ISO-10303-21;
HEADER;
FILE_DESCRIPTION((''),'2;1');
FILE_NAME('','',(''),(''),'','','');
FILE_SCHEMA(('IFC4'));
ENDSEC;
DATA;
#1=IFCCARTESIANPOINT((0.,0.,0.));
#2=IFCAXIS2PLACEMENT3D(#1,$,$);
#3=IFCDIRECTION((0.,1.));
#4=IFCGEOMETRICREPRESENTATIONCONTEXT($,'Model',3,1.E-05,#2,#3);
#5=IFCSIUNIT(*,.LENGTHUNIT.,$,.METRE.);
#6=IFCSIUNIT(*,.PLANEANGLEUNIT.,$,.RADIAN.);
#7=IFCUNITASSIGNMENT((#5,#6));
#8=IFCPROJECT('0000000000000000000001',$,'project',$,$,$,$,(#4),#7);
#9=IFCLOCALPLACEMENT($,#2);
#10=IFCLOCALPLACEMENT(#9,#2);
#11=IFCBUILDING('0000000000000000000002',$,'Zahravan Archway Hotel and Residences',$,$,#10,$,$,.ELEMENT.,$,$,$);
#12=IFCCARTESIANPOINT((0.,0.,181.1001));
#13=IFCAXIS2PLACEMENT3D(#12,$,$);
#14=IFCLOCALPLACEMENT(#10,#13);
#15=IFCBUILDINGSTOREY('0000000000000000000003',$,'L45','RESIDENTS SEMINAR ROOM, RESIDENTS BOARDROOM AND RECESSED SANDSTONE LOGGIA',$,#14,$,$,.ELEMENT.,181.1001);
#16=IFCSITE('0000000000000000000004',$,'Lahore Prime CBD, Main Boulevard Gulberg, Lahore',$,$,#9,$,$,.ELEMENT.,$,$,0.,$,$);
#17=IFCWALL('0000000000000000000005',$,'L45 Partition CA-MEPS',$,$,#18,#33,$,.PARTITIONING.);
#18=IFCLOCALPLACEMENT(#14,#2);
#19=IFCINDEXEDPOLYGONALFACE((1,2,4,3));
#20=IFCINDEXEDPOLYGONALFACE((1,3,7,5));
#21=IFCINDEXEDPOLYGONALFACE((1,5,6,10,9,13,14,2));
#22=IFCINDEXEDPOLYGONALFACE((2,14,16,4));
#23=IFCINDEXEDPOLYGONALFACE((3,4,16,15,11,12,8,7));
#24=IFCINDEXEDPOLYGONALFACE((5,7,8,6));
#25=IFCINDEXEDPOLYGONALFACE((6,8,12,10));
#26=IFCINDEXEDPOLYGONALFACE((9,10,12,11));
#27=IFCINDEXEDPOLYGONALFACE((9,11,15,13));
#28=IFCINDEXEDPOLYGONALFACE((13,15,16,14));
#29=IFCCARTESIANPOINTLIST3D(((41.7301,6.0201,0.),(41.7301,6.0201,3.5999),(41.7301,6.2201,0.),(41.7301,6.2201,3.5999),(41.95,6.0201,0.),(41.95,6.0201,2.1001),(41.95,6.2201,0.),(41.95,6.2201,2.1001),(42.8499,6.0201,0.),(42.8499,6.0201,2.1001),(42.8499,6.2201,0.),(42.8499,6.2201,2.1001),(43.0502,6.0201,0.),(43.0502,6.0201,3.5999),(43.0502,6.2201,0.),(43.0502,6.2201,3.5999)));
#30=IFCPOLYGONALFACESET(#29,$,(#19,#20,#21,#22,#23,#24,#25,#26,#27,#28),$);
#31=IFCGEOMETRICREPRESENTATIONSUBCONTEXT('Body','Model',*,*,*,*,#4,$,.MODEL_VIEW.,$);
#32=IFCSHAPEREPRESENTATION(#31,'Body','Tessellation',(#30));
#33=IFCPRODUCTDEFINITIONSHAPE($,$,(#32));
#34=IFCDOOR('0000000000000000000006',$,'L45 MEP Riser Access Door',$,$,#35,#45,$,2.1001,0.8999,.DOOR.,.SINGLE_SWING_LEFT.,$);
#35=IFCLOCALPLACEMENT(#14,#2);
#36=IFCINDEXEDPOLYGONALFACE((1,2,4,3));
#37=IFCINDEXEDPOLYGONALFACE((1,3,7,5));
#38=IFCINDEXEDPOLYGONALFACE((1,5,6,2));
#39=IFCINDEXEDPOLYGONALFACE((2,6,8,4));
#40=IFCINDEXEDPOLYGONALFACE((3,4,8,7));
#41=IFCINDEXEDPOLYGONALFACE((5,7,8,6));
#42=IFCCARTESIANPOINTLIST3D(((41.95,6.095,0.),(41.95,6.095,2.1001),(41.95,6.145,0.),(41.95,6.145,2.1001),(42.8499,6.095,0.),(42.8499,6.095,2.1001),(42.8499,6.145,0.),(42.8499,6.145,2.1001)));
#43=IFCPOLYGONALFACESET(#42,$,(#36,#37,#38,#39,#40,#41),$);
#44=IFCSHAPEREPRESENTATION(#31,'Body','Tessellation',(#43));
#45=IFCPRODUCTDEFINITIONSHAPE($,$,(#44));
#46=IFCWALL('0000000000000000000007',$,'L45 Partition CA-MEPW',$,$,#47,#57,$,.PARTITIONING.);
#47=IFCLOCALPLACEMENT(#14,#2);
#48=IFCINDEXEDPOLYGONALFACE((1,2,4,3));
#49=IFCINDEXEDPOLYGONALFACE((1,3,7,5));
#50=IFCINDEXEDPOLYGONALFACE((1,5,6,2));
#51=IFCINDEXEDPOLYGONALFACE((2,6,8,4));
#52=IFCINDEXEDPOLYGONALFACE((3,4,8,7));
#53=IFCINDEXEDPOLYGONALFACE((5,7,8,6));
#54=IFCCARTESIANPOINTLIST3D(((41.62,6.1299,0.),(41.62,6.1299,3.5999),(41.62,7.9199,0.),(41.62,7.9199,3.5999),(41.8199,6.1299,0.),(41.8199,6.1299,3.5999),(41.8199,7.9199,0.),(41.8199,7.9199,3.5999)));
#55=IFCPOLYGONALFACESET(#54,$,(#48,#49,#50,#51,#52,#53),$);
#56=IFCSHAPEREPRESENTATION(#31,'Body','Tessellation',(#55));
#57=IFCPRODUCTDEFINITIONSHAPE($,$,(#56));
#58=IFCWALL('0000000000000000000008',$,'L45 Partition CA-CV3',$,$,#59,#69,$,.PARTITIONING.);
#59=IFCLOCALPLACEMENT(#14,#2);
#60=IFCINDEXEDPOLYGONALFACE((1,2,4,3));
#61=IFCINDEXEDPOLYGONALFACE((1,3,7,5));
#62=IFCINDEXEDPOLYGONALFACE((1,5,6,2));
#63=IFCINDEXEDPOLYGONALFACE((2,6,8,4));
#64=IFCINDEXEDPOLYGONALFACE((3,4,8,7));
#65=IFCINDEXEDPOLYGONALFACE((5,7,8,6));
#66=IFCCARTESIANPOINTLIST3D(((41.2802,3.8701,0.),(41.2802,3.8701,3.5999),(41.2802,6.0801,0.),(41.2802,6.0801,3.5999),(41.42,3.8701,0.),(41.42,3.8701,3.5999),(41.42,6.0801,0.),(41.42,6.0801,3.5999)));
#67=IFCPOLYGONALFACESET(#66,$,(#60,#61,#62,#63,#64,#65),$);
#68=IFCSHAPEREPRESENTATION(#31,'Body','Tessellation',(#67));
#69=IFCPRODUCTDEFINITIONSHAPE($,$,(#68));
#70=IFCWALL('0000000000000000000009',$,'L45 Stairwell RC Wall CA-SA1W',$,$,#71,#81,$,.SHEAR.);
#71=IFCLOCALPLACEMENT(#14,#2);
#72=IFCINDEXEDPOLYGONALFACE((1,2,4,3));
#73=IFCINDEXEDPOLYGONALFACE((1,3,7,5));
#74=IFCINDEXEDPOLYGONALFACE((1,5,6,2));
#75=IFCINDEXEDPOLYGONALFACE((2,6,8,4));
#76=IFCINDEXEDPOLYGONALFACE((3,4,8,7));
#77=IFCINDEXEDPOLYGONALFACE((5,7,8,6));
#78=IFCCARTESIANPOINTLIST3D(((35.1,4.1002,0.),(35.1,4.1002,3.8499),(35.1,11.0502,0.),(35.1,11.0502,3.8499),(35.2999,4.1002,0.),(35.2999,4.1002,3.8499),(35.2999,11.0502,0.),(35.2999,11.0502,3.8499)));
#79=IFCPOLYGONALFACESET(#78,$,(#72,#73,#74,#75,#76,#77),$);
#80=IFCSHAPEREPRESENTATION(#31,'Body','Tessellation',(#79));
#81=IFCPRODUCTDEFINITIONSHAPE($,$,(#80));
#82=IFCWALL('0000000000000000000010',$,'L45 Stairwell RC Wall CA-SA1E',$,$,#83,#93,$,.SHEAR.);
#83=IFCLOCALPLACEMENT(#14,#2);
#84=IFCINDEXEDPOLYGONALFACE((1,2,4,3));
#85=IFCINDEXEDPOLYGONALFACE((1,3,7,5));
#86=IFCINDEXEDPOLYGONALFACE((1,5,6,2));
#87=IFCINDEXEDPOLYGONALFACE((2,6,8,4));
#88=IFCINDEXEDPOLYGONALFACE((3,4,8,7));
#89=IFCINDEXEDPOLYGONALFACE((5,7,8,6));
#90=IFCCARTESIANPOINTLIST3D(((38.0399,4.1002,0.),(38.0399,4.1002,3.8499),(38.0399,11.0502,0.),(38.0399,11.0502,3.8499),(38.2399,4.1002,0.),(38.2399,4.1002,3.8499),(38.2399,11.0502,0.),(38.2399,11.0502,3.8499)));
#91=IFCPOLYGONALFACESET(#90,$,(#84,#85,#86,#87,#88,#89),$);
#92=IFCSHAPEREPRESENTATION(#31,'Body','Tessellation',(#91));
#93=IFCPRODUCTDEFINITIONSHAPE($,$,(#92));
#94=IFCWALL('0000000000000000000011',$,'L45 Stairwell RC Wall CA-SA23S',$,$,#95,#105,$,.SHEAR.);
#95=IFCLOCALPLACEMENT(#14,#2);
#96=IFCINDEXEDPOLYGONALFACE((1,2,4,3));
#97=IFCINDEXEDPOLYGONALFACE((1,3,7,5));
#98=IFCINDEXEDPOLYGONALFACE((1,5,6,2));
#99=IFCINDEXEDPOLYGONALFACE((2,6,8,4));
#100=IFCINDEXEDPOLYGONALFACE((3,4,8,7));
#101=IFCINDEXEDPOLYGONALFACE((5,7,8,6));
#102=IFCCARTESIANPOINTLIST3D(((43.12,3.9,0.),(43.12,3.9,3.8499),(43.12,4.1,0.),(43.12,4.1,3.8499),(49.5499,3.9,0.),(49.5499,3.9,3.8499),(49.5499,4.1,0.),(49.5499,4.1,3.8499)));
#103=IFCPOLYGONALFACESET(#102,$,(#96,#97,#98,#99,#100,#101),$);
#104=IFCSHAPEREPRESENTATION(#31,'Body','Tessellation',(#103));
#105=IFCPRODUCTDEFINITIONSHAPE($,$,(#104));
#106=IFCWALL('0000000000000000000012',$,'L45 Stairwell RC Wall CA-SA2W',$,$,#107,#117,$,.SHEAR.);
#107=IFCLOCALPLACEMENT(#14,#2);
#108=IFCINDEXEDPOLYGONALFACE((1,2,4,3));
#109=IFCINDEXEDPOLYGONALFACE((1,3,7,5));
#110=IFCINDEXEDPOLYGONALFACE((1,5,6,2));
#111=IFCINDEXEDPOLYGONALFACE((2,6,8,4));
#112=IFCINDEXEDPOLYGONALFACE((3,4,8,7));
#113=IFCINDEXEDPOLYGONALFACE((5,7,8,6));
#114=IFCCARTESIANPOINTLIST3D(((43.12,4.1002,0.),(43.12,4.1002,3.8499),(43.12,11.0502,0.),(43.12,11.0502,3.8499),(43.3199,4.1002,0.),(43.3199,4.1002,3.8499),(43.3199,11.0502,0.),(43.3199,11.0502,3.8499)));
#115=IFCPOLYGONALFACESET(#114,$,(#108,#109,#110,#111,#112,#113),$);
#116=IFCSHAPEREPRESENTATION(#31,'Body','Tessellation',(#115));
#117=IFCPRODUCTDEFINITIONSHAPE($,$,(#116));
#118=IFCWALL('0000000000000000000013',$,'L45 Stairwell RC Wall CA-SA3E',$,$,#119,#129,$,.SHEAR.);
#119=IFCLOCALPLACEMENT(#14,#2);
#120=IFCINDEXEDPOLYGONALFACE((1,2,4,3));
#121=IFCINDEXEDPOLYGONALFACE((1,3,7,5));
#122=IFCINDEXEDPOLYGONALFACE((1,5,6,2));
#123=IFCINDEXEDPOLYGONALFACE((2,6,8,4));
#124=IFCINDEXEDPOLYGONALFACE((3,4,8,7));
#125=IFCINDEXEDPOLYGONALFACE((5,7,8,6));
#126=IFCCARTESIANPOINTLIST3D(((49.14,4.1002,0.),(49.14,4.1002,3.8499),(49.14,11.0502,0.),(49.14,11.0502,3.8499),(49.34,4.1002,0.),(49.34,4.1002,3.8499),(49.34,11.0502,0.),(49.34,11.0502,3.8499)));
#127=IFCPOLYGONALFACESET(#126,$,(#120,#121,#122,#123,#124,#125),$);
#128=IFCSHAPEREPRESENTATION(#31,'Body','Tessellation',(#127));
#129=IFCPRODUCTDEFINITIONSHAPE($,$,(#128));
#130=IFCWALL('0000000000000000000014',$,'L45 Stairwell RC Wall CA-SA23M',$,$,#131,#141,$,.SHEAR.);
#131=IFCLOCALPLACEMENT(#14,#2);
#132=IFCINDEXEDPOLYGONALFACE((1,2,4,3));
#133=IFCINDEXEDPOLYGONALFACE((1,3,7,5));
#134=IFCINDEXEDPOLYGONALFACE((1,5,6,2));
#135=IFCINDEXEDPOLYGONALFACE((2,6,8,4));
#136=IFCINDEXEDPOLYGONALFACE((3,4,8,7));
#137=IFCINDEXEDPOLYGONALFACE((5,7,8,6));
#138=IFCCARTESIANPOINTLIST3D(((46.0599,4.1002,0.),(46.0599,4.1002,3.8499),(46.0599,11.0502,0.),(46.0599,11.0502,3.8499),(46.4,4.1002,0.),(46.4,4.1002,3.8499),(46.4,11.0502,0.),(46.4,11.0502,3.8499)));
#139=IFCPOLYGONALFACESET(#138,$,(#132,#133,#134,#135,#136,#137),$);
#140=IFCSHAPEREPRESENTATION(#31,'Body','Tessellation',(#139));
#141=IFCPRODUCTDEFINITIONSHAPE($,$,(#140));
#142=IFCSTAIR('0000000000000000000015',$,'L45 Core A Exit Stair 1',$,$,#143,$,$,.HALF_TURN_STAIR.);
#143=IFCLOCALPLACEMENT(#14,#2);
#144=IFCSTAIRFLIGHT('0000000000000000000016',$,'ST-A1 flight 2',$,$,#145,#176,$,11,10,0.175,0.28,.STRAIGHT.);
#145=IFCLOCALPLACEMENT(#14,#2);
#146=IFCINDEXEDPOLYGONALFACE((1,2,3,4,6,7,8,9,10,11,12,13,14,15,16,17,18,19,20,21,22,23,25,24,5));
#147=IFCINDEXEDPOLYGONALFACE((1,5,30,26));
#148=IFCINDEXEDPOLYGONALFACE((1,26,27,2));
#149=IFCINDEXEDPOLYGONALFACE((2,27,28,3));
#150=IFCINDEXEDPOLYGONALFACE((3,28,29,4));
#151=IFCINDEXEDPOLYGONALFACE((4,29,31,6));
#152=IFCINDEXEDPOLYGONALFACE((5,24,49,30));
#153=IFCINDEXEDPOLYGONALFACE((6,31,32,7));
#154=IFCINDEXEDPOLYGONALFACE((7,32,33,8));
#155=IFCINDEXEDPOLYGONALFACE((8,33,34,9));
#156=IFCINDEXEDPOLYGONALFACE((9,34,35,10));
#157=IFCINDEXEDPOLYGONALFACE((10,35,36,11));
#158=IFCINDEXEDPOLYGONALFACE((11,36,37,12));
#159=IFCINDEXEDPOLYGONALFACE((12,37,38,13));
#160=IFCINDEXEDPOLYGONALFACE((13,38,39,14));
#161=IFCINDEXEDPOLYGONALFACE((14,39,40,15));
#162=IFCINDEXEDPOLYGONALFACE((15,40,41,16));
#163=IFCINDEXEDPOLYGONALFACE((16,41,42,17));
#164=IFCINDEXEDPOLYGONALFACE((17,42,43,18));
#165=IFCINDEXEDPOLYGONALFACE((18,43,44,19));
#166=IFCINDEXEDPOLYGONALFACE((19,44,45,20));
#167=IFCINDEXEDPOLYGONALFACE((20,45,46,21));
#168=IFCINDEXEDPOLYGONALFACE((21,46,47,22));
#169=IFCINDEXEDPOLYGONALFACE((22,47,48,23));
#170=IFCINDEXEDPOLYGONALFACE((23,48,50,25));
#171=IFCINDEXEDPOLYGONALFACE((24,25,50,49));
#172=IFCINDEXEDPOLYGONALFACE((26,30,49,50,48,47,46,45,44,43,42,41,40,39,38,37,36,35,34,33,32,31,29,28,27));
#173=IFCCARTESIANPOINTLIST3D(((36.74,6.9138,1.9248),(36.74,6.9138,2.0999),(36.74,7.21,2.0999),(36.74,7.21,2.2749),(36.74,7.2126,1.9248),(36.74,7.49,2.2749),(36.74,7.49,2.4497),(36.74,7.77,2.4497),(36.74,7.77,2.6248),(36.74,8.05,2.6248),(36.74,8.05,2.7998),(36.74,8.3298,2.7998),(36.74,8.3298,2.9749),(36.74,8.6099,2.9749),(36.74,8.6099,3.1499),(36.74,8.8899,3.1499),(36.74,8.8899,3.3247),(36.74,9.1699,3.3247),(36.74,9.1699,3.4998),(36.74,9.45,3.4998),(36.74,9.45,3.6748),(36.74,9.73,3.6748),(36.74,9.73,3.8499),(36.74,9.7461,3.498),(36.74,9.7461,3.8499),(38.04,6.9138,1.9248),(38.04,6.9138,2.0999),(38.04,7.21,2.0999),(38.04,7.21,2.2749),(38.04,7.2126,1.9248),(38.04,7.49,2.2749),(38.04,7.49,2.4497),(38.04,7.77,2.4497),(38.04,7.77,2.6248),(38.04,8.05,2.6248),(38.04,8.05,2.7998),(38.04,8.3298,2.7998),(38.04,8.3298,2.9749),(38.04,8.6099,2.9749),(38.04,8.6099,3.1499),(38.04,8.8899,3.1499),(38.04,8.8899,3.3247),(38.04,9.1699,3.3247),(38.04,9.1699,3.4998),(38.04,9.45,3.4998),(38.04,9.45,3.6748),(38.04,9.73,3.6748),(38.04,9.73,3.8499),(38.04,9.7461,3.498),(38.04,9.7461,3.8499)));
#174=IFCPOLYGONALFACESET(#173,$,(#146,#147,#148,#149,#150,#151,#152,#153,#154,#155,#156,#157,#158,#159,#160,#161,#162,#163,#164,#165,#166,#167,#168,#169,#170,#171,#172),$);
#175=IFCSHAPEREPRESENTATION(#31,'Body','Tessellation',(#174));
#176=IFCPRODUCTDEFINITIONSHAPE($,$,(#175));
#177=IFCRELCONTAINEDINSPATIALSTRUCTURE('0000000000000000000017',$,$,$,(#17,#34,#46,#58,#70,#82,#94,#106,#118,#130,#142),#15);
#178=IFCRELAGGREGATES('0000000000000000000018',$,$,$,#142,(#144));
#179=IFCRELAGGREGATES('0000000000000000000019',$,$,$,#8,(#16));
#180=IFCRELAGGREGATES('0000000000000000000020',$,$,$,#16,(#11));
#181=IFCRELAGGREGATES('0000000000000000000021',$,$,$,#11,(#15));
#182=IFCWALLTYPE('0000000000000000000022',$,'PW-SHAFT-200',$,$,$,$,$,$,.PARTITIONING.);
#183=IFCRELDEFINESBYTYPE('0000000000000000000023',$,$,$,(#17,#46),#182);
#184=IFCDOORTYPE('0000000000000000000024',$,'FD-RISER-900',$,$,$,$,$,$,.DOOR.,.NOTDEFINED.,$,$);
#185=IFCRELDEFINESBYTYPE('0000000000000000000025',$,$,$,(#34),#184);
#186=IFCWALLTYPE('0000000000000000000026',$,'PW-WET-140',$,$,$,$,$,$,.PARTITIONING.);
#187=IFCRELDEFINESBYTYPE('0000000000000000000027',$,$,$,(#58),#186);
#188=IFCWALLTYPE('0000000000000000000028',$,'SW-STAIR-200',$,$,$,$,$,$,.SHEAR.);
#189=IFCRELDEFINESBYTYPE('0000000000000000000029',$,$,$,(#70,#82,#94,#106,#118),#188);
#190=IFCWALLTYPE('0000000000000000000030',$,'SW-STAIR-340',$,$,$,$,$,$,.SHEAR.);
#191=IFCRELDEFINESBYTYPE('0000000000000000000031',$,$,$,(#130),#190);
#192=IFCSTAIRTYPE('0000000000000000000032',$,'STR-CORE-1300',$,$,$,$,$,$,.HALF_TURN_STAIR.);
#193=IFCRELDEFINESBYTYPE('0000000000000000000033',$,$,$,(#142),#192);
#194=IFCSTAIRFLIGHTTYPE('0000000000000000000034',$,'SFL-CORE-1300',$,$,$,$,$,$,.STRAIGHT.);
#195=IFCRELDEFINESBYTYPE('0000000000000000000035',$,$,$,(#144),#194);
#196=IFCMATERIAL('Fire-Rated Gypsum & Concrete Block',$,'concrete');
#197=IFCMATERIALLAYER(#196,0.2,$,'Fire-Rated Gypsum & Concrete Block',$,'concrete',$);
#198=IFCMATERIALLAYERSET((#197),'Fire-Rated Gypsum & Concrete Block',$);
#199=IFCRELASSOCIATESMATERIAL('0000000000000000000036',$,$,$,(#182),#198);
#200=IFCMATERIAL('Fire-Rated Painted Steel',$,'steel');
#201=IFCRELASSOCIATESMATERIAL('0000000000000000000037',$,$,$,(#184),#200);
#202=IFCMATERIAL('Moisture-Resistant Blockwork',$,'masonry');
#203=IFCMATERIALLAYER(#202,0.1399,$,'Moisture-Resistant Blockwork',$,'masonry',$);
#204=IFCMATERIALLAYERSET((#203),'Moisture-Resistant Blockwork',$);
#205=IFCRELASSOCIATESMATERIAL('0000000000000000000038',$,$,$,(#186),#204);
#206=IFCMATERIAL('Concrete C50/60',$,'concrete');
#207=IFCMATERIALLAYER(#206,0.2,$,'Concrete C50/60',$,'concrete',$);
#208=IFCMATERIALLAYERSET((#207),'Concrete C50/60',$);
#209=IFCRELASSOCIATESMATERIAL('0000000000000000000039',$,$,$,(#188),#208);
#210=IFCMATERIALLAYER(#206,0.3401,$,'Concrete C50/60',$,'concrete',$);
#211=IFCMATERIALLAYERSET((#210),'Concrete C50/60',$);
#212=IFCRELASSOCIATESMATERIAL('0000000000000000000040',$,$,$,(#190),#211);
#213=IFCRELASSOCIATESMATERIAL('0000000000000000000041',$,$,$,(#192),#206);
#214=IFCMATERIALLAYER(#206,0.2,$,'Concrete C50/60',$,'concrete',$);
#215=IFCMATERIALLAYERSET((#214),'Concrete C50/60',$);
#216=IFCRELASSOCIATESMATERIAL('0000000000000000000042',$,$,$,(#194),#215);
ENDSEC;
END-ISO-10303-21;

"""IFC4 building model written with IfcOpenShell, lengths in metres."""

from ifc_helpers import new_model, si_unit, direction, frame, frame_2d, origin, place, context, subcontext, project, spatial, polyline, rectangle, outline, extrude, source, transform, mapped, material, layer, layer_set, type_object, type_shapes, element, fill, aggregate, save


model = new_model("IFC4")

# Units and contexts
model_context = context("Model", 3, precision=1e-05, world=origin(), true_north=direction((0.0, 1.0)))
body_context = subcontext(model_context, "Body", "Model", "MODEL_VIEW")
ifc_project = project(units=[si_unit("LENGTHUNIT", "METRE"), si_unit("PLANEANGLEUNIT", "RADIAN")], contexts=[model_context])

# Site, building, storey
site_placement = place(None, origin())
site = spatial("IfcSite", under=ifc_project, at=site_placement, Name="Lahore Prime CBD, Main Boulevard Gulberg, Lahore", CompositionType="ELEMENT", RefElevation=0.0)
building_placement = place(site_placement, origin())
building = spatial("IfcBuilding", under=site, at=building_placement, Name="Zahravan Archway Hotel and Residences", CompositionType="ELEMENT")
storey_placement = place(building_placement, frame((0.0, 0.0, 181.1001)))
storey = spatial("IfcBuildingStorey", under=building, at=storey_placement, Name="L45", Description="RESIDENTS SEMINAR ROOM, RESIDENTS BOARDROOM AND RECESSED SANDSTONE LOGGIA", CompositionType="ELEMENT", Elevation=181.1001)

# Shared definitions
ifc_material_1 = material(Name="Fire-Rated Gypsum & Concrete Block", Category="concrete")
ifc_layer_1 = layer(ifc_material_1, 0.2, Name="Fire-Rated Gypsum & Concrete Block", Category="concrete")
ifc_layer_set_1 = layer_set([ifc_layer_1], Name="Fire-Rated Gypsum & Concrete Block")
wall_type_1 = type_object("IfcWallType", Name="PW-SHAFT-200", PredefinedType="PARTITIONING", material=ifc_layer_set_1)
ifc_material_2 = material(Name="Fire-Rated Painted Steel", Category="steel")
door_type = type_object("IfcDoorType", Name="FD-RISER-900", OperationType="NOTDEFINED", PredefinedType="DOOR", material=ifc_material_2)
shared_shape_1 = source(origin(), body_context, "Body", "SweptSolid", [
    extrude(rectangle(XDim=0.8999, YDim=2.1001, at=frame_2d((0.45, 1.05))), frame((0.0, 0.0249, 0.0), z_axis=(0.0, -1.0, 0.0), x_axis=(1.0, 0.0, 0.0)), (0.0, 0.0, 1.0), 0.05),
])
type_shapes(door_type, [shared_shape_1])

# Wall, opening, door
wall_1_placement = place(storey_placement, frame((41.73, 6.1201, 0.0), z_axis=(0.0, 0.0, 1.0), x_axis=(1.0, 0.0, 0.0)))
wall_1 = element("IfcWall", 1, at=wall_1_placement, inside=storey, type_object=wall_type_1, Name="L45 Partition CA-MEPS", PredefinedType="PARTITIONING", context=body_context, shape_type="SweptSolid", body=[
    extrude(rectangle(XDim=1.3201, YDim=0.2, at=frame_2d((0.6602, 0.0))), origin(), (0.0, 0.0, 1.0), 3.5999),
])
opening_1_placement = place(wall_1_placement, frame((0.22, 0.0, 0.0)))
opening_1 = element("IfcOpeningElement", 2, at=opening_1_placement, cuts=wall_1, PredefinedType="OPENING", context=body_context, shape_type="SweptSolid", body=[
    extrude(rectangle(XDim=0.8999, YDim=2.1001, at=frame_2d((0.45, 1.05))), frame((0.0, 0.1099, 0.0), z_axis=(0.0, -1.0, 0.0), x_axis=(1.0, 0.0, 0.0)), (0.0, 0.0, 1.0), 0.22),
])
door_1_placement = place(opening_1_placement, origin())
door_1 = element("IfcDoor", 3, at=door_1_placement, inside=storey, type_object=door_type, Name="L45 MEP Riser Access Door", OperationType="SINGLE_SWING_LEFT", OverallHeight=2.1001, OverallWidth=0.8999, PredefinedType="DOOR", context=body_context, shape_type="MappedRepresentation", body=[
    mapped(shared_shape_1, transform((0.0, 0.0, 0.0), scale=1.0)),
])
fill(opening_1, door_1)

# Walls
wall_2_placement = place(storey_placement, frame((41.72, 6.1299, 0.0), z_axis=(0.0, 0.0, 1.0), x_axis=(0.0, 1.0, 0.0)))
element("IfcWall", 4, at=wall_2_placement, inside=storey, type_object=wall_type_1, Name="L45 Partition CA-MEPW", PredefinedType="PARTITIONING", context=body_context, shape_type="SweptSolid", body=[
    extrude(rectangle(XDim=1.79, YDim=0.2, at=frame_2d((0.895, 0.0))), origin(), (0.0, 0.0, 1.0), 3.5999),
])
ifc_material_3 = material(Name="Moisture-Resistant Blockwork", Category="masonry")
ifc_layer_2 = layer(ifc_material_3, 0.1399, Name="Moisture-Resistant Blockwork", Category="masonry")
ifc_layer_set_2 = layer_set([ifc_layer_2], Name="Moisture-Resistant Blockwork")
wall_type_2 = type_object("IfcWallType", Name="PW-WET-140", PredefinedType="PARTITIONING", material=ifc_layer_set_2)
wall_3_placement = place(storey_placement, frame((41.3501, 3.8701, 0.0), z_axis=(0.0, 0.0, 1.0), x_axis=(0.0, 1.0, 0.0)))
element("IfcWall", 5, at=wall_3_placement, inside=storey, type_object=wall_type_2, Name="L45 Partition CA-CV3", PredefinedType="PARTITIONING", context=body_context, shape_type="SweptSolid", body=[
    extrude(rectangle(XDim=2.21, YDim=0.1399, at=frame_2d((1.105, 0.0))), origin(), (0.0, 0.0, 1.0), 3.5999),
])
ifc_material_4 = material(Name="Concrete C50/60", Category="concrete")
ifc_layer_3 = layer(ifc_material_4, 0.2, Name="Concrete C50/60", Category="concrete")
ifc_layer_set_3 = layer_set([ifc_layer_3], Name="Concrete C50/60")
wall_type_3 = type_object("IfcWallType", Name="SW-STAIR-200", PredefinedType="SHEAR", material=ifc_layer_set_3)
for number, where, z_axis, x_axis, name in (
    (6, (35.2, 4.1001, 0.0), (0.0, 0.0, 1.0), (0.0, 1.0, 0.0), "L45 Stairwell RC Wall CA-SA1W"),
    (7, (38.1399, 4.1001, 0.0), (0.0, 0.0, 1.0), (0.0, 1.0, 0.0), "L45 Stairwell RC Wall CA-SA1E"),
):
    element("IfcWall", number, at=place(storey_placement, frame(where, z_axis=z_axis, x_axis=x_axis)), inside=storey, type_object=wall_type_3, Name=name, PredefinedType="SHEAR", context=body_context, shape_type="SweptSolid", body=[
        extrude(rectangle(XDim=6.95, YDim=0.2, at=frame_2d((3.4751, 0.0))), origin(), (0.0, 0.0, 1.0), 3.8499),
    ])
wall_4_placement = place(storey_placement, frame((43.1201, 4.0, 0.0), z_axis=(0.0, 0.0, 1.0), x_axis=(1.0, 0.0, 0.0)))
element("IfcWall", 8, at=wall_4_placement, inside=storey, type_object=wall_type_3, Name="L45 Stairwell RC Wall CA-SA23S", PredefinedType="SHEAR", context=body_context, shape_type="SweptSolid", body=[
    extrude(rectangle(XDim=6.4299, YDim=0.2, at=frame_2d((3.2148, 0.0))), origin(), (0.0, 0.0, 1.0), 3.8499),
])
for number, where, z_axis, x_axis, name in (
    (9, (43.22, 4.1001, 0.0), (0.0, 0.0, 1.0), (0.0, 1.0, 0.0), "L45 Stairwell RC Wall CA-SA2W"),
    (10, (49.24, 4.1001, 0.0), (0.0, 0.0, 1.0), (0.0, 1.0, 0.0), "L45 Stairwell RC Wall CA-SA3E"),
):
    element("IfcWall", number, at=place(storey_placement, frame(where, z_axis=z_axis, x_axis=x_axis)), inside=storey, type_object=wall_type_3, Name=name, PredefinedType="SHEAR", context=body_context, shape_type="SweptSolid", body=[
        extrude(rectangle(XDim=6.95, YDim=0.2, at=frame_2d((3.4751, 0.0))), origin(), (0.0, 0.0, 1.0), 3.8499),
    ])
ifc_layer_4 = layer(ifc_material_4, 0.3401, Name="Concrete C50/60", Category="concrete")
ifc_layer_set_4 = layer_set([ifc_layer_4], Name="Concrete C50/60")
wall_type_4 = type_object("IfcWallType", Name="SW-STAIR-340", PredefinedType="SHEAR", material=ifc_layer_set_4)
wall_5_placement = place(storey_placement, frame((46.23, 4.1001, 0.0), z_axis=(0.0, 0.0, 1.0), x_axis=(0.0, 1.0, 0.0)))
element("IfcWall", 11, at=wall_5_placement, inside=storey, type_object=wall_type_4, Name="L45 Stairwell RC Wall CA-SA23M", PredefinedType="SHEAR", context=body_context, shape_type="SweptSolid", body=[
    extrude(rectangle(XDim=6.95, YDim=0.3401, at=frame_2d((3.4751, 0.0))), origin(), (0.0, 0.0, 1.0), 3.8499),
])

# Stair, stair flight
stair_type = type_object("IfcStairType", Name="STR-CORE-1300", PredefinedType="HALF_TURN_STAIR", material=ifc_material_4)
stair_1_placement = place(storey_placement, origin())
stair_1 = element("IfcStair", 12, at=stair_1_placement, inside=storey, type_object=stair_type, Name="L45 Core A Exit Stair 1", PredefinedType="HALF_TURN_STAIR")
ifc_layer_5 = layer(ifc_material_4, 0.2, Name="Concrete C50/60", Category="concrete")
ifc_layer_set_5 = layer_set([ifc_layer_5], Name="Concrete C50/60")
stair_flight_type = type_object("IfcStairFlightType", Name="SFL-CORE-1300", PredefinedType="STRAIGHT", material=ifc_layer_set_5)
shared_shape_2 = source(origin(), body_context, "Body", "SweptSolid", [
    extrude(outline(polyline([(-0.0161, 0.0), (-0.0161, 0.175), (0.28, 0.175), (0.28, 0.3501), (0.5601, 0.3501), (0.5601, 0.5249), (0.8401, 0.5249), (0.8401, 0.7), (1.1201, 0.7), (1.1201, 0.875), (1.3999, 0.875), (1.3999, 1.05), (1.6799, 1.05), (1.6799, 1.2251), (1.96, 1.2251), (1.96, 1.3999), (2.24, 1.3999), (2.24, 1.575), (2.52, 1.575), (2.52, 1.75), (2.8, 1.75), (2.8, 1.925), (2.8162, 1.925), (2.8162, 1.5732), (0.2827, 0.0), (-0.0161, 0.0)])), frame((0.0, 0.6499, 0.0), z_axis=(0.0, -1.0, 0.0), x_axis=(1.0, 0.0, 0.0)), (0.0, 0.0, 1.0), 1.3),
])
stair_flight_1_placement = place(storey_placement, frame((37.3899, 6.9299, 1.9248), z_axis=(0.0, 0.0, 1.0), x_axis=(0.0, 1.0, 0.0)))
stair_flight_1 = element("IfcStairFlight", 13, at=stair_flight_1_placement, type_object=stair_flight_type, Name="ST-A1 flight 2", NumberOfRisers=11, NumberOfTreads=10, PredefinedType="STRAIGHT", RiserHeight=0.175, TreadLength=0.28, context=body_context, shape_type="MappedRepresentation", body=[
    mapped(shared_shape_2, transform((0.0, 0.0, 0.0), scale=1.0)),
])
aggregate(stair_1, [stair_flight_1])

save(model, "model.ifc")
